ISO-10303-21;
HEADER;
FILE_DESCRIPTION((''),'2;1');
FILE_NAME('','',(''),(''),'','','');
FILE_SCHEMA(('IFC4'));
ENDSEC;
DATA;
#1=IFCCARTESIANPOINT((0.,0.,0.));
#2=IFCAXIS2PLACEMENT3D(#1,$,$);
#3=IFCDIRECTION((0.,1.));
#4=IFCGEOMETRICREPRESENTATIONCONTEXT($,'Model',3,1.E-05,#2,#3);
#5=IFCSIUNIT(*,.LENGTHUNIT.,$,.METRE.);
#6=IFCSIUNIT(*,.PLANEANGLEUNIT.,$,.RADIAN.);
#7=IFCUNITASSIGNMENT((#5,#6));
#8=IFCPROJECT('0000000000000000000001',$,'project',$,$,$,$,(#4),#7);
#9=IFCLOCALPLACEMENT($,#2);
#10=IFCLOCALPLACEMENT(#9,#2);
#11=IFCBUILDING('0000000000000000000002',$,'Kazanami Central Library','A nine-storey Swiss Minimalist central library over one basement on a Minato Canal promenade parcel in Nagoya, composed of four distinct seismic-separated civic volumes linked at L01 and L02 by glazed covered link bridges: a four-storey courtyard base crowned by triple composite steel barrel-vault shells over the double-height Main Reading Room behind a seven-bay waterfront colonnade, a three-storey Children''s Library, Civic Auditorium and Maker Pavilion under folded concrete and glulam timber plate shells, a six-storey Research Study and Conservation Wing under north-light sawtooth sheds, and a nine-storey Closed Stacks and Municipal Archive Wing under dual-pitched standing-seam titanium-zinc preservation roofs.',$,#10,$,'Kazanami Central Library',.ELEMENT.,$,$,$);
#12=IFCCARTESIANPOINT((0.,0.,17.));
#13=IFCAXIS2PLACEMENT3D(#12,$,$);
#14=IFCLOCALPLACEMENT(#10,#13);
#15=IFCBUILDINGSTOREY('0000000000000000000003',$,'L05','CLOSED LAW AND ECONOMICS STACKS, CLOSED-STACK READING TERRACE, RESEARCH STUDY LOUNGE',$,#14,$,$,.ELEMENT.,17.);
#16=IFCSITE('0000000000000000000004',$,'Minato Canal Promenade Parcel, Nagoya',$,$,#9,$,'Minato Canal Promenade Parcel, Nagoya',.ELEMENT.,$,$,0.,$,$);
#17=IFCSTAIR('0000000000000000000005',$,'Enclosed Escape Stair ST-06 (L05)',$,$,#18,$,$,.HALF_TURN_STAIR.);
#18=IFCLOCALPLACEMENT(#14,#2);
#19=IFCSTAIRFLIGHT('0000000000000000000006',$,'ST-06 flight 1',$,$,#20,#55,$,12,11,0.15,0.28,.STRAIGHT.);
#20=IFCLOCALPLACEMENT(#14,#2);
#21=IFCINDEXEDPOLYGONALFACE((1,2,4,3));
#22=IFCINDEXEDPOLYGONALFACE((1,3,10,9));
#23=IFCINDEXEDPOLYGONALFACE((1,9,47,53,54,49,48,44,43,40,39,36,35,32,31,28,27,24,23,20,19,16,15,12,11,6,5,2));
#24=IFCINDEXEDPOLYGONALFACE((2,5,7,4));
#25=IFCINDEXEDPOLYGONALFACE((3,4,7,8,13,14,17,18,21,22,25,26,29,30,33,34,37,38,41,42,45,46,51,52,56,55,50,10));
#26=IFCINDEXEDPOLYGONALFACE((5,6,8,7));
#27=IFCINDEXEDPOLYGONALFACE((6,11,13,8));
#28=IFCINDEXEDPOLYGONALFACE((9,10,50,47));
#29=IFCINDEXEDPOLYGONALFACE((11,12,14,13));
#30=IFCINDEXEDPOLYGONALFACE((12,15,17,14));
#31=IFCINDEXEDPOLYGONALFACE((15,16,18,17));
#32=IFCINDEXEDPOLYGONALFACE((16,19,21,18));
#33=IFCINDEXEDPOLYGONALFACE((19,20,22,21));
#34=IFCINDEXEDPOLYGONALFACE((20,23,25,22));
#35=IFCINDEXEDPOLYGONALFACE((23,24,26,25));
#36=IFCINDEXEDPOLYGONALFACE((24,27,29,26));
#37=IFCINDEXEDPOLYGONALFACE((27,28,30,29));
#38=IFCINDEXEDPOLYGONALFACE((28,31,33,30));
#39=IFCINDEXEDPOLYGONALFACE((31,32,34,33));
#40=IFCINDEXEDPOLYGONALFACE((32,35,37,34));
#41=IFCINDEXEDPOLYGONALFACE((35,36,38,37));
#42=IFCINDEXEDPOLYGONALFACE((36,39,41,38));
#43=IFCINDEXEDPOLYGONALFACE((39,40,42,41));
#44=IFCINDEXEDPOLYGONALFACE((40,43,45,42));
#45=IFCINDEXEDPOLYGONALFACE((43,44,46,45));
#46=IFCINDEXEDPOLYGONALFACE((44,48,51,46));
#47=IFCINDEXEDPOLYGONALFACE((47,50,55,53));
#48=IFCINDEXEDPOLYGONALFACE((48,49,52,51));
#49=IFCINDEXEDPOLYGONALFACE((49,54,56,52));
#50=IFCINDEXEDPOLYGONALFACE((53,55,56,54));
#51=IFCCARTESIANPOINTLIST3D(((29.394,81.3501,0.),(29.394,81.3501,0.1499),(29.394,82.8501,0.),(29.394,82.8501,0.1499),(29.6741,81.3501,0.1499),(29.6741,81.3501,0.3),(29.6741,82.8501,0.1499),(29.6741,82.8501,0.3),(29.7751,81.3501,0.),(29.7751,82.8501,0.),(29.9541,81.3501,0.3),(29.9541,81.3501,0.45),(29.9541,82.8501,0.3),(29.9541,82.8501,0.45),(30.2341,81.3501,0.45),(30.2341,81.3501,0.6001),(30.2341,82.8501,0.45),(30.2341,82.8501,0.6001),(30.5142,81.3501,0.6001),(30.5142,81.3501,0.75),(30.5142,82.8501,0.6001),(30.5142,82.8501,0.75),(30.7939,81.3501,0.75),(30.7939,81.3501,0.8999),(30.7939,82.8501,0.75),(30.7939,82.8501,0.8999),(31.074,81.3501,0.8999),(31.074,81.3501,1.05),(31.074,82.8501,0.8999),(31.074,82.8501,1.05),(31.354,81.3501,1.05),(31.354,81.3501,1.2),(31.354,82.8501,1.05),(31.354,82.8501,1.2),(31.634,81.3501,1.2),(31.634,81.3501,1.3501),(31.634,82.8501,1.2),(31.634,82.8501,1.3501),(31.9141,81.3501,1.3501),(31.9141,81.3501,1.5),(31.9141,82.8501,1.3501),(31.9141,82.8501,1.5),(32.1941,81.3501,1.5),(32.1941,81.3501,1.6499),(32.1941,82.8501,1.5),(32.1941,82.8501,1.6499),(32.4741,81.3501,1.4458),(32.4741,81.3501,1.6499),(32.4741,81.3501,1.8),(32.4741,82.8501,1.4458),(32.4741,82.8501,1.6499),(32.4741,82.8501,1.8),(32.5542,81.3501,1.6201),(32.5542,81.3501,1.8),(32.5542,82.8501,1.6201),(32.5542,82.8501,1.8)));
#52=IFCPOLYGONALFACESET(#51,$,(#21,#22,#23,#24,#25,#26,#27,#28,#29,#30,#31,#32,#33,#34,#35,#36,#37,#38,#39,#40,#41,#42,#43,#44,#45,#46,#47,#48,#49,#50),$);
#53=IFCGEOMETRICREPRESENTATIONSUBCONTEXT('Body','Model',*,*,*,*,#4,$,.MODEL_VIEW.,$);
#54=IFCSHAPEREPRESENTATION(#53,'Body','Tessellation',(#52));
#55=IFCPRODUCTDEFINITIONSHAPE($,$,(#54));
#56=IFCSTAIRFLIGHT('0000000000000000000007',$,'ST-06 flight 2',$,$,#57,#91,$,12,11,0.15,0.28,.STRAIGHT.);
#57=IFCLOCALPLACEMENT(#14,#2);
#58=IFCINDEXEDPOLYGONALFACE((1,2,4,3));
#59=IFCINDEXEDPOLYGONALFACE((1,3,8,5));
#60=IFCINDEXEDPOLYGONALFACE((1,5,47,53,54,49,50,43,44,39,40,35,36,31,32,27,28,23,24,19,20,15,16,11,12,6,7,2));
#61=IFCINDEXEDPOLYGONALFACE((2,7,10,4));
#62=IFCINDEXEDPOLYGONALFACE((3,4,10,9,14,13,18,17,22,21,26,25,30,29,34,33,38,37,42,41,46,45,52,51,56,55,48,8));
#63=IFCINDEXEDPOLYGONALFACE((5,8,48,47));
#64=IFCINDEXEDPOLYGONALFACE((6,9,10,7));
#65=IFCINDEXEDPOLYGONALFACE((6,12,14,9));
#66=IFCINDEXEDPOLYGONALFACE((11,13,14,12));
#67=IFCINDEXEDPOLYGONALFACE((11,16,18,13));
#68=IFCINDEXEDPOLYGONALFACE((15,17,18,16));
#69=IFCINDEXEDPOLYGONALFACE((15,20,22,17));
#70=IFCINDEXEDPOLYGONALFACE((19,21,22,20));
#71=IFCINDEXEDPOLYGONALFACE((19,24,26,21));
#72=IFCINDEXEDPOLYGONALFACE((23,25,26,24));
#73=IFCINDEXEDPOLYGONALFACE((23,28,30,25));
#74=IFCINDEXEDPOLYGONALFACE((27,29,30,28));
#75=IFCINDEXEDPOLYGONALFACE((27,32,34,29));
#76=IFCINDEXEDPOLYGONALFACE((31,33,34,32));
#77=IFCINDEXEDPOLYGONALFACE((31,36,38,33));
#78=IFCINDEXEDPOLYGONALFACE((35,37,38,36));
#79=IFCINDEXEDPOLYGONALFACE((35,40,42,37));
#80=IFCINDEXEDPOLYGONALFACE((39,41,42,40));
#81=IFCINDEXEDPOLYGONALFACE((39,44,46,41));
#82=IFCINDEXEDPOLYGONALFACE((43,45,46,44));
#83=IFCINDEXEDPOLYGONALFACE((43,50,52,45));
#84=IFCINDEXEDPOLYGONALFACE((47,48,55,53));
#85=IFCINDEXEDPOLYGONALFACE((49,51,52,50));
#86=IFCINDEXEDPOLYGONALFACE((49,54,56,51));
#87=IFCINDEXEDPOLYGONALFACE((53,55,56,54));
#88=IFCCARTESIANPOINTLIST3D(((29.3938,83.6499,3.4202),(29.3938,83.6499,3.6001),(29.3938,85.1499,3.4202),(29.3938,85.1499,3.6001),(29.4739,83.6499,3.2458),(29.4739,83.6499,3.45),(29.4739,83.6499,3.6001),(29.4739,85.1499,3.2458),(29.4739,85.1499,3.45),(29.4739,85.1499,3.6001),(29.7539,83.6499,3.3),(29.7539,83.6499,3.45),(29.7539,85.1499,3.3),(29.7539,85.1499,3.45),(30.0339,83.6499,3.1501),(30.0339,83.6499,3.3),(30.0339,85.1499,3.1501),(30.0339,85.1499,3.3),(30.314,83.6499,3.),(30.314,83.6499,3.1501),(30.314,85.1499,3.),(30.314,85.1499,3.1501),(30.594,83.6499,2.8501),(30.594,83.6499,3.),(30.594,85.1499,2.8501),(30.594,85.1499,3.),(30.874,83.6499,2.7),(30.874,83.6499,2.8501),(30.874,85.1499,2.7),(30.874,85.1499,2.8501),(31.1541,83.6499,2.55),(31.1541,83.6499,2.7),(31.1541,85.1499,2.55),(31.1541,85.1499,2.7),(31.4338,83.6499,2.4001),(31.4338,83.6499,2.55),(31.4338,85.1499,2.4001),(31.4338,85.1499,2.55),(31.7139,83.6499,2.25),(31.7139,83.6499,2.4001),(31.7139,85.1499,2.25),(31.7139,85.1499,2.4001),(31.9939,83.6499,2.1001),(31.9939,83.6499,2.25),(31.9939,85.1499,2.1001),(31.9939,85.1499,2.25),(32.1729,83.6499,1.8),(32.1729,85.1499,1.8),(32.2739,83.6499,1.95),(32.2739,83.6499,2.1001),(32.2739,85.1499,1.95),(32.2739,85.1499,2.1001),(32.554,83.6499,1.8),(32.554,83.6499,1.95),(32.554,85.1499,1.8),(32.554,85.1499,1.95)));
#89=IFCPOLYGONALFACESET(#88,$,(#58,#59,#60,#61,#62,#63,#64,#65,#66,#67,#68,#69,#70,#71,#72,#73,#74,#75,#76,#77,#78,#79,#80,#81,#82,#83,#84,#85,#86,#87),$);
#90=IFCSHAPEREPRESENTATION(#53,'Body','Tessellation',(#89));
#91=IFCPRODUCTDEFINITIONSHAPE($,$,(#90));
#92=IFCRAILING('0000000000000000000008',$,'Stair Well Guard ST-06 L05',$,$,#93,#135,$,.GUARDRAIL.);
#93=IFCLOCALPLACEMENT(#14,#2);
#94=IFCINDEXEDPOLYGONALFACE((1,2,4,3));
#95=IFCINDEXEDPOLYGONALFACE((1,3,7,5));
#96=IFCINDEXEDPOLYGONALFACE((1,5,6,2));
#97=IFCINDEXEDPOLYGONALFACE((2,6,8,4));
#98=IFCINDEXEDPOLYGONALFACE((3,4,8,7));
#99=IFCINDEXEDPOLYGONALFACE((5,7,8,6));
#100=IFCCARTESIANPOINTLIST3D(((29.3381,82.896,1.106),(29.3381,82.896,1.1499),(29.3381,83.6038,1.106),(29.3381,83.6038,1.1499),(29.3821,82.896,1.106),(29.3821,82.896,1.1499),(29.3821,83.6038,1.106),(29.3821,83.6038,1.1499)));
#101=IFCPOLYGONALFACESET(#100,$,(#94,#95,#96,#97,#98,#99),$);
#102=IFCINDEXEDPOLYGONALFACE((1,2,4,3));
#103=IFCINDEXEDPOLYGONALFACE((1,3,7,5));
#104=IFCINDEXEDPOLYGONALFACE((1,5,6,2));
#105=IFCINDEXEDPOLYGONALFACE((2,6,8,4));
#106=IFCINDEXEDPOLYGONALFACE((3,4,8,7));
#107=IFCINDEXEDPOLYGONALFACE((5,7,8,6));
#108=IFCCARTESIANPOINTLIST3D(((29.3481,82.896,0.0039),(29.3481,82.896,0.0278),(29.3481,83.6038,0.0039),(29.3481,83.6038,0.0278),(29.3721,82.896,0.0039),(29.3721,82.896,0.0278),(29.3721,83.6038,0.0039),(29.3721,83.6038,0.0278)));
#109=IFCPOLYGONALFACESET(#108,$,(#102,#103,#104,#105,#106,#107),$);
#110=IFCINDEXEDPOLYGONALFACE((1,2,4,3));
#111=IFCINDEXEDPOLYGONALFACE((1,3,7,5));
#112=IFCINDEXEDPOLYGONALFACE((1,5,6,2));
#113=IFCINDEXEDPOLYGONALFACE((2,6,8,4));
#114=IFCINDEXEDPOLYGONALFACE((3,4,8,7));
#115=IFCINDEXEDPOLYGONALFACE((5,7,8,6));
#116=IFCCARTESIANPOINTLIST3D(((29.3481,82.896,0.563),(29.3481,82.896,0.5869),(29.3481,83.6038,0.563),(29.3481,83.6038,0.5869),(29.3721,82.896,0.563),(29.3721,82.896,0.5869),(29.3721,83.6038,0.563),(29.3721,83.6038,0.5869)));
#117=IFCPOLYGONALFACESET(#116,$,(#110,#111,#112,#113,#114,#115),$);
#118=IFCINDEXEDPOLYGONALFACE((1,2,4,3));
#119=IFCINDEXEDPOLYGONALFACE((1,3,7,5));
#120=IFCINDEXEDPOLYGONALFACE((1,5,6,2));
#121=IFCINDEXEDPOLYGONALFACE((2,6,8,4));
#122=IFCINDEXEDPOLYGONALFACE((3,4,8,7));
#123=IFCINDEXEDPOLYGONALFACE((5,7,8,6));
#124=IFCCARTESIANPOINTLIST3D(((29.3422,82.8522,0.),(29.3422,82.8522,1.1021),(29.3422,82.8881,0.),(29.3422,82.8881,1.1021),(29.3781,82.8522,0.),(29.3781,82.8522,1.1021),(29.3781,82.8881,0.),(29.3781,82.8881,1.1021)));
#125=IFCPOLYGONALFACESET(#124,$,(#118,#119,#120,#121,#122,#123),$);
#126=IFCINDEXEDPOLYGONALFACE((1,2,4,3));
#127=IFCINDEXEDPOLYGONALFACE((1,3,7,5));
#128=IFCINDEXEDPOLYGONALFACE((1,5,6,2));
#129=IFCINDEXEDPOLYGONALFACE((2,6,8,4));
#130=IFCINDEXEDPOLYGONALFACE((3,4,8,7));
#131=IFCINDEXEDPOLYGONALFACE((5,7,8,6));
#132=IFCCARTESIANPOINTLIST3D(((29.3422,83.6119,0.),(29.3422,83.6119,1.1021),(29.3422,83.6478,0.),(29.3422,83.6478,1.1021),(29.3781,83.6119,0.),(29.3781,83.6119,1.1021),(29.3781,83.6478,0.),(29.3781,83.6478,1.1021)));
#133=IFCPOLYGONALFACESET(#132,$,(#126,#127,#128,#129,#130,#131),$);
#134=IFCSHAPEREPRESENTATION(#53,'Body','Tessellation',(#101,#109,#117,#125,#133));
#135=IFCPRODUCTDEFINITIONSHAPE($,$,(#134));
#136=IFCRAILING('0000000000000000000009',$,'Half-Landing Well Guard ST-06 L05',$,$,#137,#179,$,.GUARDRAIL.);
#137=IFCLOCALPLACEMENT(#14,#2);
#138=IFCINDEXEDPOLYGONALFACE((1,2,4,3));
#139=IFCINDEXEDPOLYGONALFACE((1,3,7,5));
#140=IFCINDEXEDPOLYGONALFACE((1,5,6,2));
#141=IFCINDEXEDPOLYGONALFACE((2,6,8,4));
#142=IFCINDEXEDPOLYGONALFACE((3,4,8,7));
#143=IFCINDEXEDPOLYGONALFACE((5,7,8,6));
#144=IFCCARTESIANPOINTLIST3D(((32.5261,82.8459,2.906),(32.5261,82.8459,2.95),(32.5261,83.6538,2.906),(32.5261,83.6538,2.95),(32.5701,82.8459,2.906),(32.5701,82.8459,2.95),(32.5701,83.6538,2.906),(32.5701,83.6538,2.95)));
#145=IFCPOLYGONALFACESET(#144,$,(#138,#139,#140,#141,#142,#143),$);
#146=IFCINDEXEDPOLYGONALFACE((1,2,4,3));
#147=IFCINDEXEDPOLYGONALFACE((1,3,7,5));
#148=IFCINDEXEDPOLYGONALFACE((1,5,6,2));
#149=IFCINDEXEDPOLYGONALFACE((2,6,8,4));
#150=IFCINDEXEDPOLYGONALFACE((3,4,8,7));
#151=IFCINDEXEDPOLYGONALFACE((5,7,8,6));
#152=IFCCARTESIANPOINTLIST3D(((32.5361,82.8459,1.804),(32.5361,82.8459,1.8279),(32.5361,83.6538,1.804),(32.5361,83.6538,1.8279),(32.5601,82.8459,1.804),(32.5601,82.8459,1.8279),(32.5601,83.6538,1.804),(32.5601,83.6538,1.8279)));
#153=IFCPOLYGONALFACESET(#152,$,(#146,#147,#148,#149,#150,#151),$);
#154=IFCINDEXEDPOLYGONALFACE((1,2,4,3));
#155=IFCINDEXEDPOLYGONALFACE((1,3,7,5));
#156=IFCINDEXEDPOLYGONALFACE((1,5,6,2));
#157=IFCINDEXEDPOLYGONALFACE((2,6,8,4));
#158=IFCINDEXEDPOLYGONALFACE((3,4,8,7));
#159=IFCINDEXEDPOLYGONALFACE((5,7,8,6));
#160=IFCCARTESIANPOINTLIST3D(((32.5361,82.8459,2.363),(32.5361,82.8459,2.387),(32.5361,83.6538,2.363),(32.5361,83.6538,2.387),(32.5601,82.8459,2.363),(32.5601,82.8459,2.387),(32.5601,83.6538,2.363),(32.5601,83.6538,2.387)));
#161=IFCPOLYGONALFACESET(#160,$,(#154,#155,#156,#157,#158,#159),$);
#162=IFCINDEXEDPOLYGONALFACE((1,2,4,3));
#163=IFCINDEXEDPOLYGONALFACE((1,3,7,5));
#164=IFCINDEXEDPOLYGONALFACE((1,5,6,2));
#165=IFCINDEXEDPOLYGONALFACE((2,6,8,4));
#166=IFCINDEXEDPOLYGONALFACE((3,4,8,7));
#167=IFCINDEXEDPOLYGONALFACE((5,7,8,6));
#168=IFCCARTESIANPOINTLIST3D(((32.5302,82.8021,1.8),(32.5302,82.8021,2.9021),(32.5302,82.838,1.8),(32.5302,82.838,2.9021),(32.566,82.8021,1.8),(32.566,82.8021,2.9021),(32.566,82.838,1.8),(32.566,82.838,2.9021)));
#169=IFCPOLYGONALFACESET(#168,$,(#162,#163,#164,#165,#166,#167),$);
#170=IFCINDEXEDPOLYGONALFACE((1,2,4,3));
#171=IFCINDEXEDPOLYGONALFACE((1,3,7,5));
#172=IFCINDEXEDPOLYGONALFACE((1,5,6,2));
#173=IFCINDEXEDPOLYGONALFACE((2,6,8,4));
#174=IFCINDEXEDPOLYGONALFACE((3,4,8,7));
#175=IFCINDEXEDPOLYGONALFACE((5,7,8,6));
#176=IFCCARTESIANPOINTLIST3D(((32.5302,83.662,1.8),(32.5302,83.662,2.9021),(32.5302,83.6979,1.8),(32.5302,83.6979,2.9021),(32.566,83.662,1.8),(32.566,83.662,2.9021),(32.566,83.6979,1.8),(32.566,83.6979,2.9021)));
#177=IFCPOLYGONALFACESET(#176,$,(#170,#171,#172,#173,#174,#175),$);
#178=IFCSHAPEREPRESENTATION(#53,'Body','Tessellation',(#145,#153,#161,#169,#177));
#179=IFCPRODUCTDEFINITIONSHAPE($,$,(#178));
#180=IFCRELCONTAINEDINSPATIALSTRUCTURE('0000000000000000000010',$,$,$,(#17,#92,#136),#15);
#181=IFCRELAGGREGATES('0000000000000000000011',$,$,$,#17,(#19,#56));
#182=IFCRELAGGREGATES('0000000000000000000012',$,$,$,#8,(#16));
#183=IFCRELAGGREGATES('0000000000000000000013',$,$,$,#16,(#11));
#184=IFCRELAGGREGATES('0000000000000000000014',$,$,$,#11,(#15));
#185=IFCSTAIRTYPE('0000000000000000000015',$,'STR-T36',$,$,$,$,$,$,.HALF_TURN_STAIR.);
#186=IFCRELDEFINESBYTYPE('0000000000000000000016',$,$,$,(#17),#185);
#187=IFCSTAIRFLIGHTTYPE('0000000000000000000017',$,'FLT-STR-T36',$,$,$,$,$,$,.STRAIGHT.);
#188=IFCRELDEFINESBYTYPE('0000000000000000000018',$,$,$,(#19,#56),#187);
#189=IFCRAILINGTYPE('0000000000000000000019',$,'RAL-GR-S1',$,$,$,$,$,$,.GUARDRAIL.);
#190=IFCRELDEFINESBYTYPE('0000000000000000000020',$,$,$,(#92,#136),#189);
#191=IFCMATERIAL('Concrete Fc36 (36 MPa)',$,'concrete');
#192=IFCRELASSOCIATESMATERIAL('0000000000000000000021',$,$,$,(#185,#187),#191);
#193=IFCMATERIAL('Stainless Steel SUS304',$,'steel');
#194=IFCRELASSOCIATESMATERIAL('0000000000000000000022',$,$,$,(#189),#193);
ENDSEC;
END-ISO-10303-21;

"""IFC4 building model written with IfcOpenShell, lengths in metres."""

from ifc_helpers import new_model, si_unit, direction, frame, origin, origin_2d, place, context, subcontext, project, spatial, polyline, rectangle, outline, extrude, material, type_object, element, aggregate, save


model = new_model("IFC4")

# Units and contexts
model_context = context("Model", 3, precision=1e-05, world=origin(), true_north=direction((0.0, 1.0)))
body_context = subcontext(model_context, "Body", "Model", "MODEL_VIEW")
ifc_project = project(units=[si_unit("LENGTHUNIT", "METRE"), si_unit("PLANEANGLEUNIT", "RADIAN")], contexts=[model_context])

# Site, building, storey
site_placement = place(None, origin())
site = spatial("IfcSite", under=ifc_project, at=site_placement, Name="Minato Canal Promenade Parcel, Nagoya", LongName="Minato Canal Promenade Parcel, Nagoya", CompositionType="ELEMENT", RefElevation=0.0)
building_placement = place(site_placement, origin())
building = spatial("IfcBuilding", under=site, at=building_placement, Name="Kazanami Central Library", Description="A nine-storey Swiss Minimalist central library over one basement on a Minato Canal promenade parcel in Nagoya, composed of four distinct seismic-separated civic volumes linked at L01 and L02 by glazed covered link bridges: a four-storey courtyard base crowned by triple composite steel barrel-vault shells over the double-height Main Reading Room behind a seven-bay waterfront colonnade, a three-storey Children's Library, Civic Auditorium and Maker Pavilion under folded concrete and glulam timber plate shells, a six-storey Research Study and Conservation Wing under north-light sawtooth sheds, and a nine-storey Closed Stacks and Municipal Archive Wing under dual-pitched standing-seam titanium-zinc preservation roofs.", LongName="Kazanami Central Library", CompositionType="ELEMENT")
storey_placement = place(building_placement, frame((0.0, 0.0, 17.0)))
storey = spatial("IfcBuildingStorey", under=building, at=storey_placement, Name="L05", Description="CLOSED LAW AND ECONOMICS STACKS, CLOSED-STACK READING TERRACE, RESEARCH STUDY LOUNGE", CompositionType="ELEMENT", Elevation=17.0)

# Shared definitions
ifc_material_1 = material(Name="Concrete Fc36 (36 MPa)", Category="concrete")

# Stair, stair flights
stair_type = type_object("IfcStairType", Name="STR-T36", PredefinedType="HALF_TURN_STAIR", material=ifc_material_1)
stair_placement = place(storey_placement, origin())
stair = element("IfcStair", 1, at=stair_placement, inside=storey, type_object=stair_type, Name="Enclosed Escape Stair ST-06 (L05)", PredefinedType="HALF_TURN_STAIR")
stair_flight_type = type_object("IfcStairFlightType", Name="FLT-STR-T36", PredefinedType="STRAIGHT", material=ifc_material_1)
stair_flight_1_placement = place(storey_placement, frame((29.394, 82.1001, 0.0), z_axis=(0.0, 0.0, 1.0), x_axis=(1.0, 0.0, 0.0)))
stair_flight_1 = element("IfcStairFlight", 2, at=stair_flight_1_placement, type_object=stair_flight_type, Name="ST-06 flight 1", NumberOfRisers=12, NumberOfTreads=11, PredefinedType="STRAIGHT", RiserHeight=0.15, TreadLength=0.28, context=body_context, shape_type="SweptSolid", body=[
    extrude(outline(polyline([(0.0, 0.0), (0.0, 0.1499), (0.28, 0.1499), (0.28, 0.3), (0.5601, 0.3), (0.5601, 0.45), (0.8401, 0.45), (0.8401, 0.6001), (1.1201, 0.6001), (1.1201, 0.75), (1.3999, 0.75), (1.3999, 0.8999), (1.6799, 0.8999), (1.6799, 1.05), (1.96, 1.05), (1.96, 1.2), (2.24, 1.2), (2.24, 1.3501), (2.52, 1.3501), (2.52, 1.5), (2.8, 1.5), (2.8, 1.6499), (3.0801, 1.6499), (3.0801, 1.8), (3.1602, 1.8), (3.1602, 1.6201), (3.0801, 1.4458), (0.3811, 0.0), (0.0, 0.0)])), frame((0.0, 0.75, 0.0), z_axis=(0.0, -1.0, 0.0), x_axis=(1.0, 0.0, 0.0)), (0.0, 0.0, 1.0), 1.5),
])
stair_flight_2_placement = place(storey_placement, frame((32.554, 84.3999, 1.8), z_axis=(0.0, 0.0, 1.0), x_axis=(-1.0, 0.0, 0.0)))
stair_flight_2 = element("IfcStairFlight", 3, at=stair_flight_2_placement, type_object=stair_flight_type, Name="ST-06 flight 2", NumberOfRisers=12, NumberOfTreads=11, PredefinedType="STRAIGHT", RiserHeight=0.15, TreadLength=0.28, context=body_context, shape_type="SweptSolid", body=[
    extrude(outline(polyline([(0.0, 0.0), (0.0, 0.1499), (0.28, 0.1499), (0.28, 0.3), (0.5601, 0.3), (0.5601, 0.45), (0.8401, 0.45), (0.8401, 0.6001), (1.1201, 0.6001), (1.1201, 0.75), (1.3999, 0.75), (1.3999, 0.8999), (1.6799, 0.8999), (1.6799, 1.05), (1.96, 1.05), (1.96, 1.2), (2.24, 1.2), (2.24, 1.3501), (2.52, 1.3501), (2.52, 1.5), (2.8, 1.5), (2.8, 1.6499), (3.0801, 1.6499), (3.0801, 1.8), (3.1602, 1.8), (3.1602, 1.6201), (3.0801, 1.4458), (0.3811, 0.0), (0.0, 0.0)])), frame((0.0, 0.75, 0.0), z_axis=(0.0, -1.0, 0.0), x_axis=(1.0, 0.0, 0.0)), (0.0, 0.0, 1.0), 1.5),
])
aggregate(stair, [stair_flight_1, stair_flight_2])

# Railings
ifc_material_2 = material(Name="Stainless Steel SUS304", Category="steel")
railing_type_1 = type_object("IfcRailingType", Name="RAL-GR-S1", PredefinedType="GUARDRAIL", material=ifc_material_2)
railing_1_placement = place(storey_placement, frame((29.3601, 82.8701, 0.0)))
element("IfcRailing", 4, at=railing_1_placement, inside=storey, type_object=railing_type_1, Name="Stair Well Guard ST-06 L05", PredefinedType="GUARDRAIL", context=body_context, shape_type="SweptSolid", body=[
    extrude(rectangle(XDim=0.0439, YDim=0.0439, at=origin_2d()), frame((0.0, 0.0259, 1.1279), z_axis=(0.0, 1.0, 0.0), x_axis=(-1.0, 0.0, 0.0)), (0.0, 0.0, 1.0), 0.7078),
    extrude(rectangle(XDim=0.0239, YDim=0.0239, at=origin_2d()), frame((0.0, 0.0259, 0.0159), z_axis=(0.0, 1.0, 0.0), x_axis=(-1.0, 0.0, 0.0)), (0.0, 0.0, 1.0), 0.7078),
    extrude(rectangle(XDim=0.0239, YDim=0.0239, at=origin_2d()), frame((0.0, 0.0259, 0.575), z_axis=(0.0, 1.0, 0.0), x_axis=(-1.0, 0.0, 0.0)), (0.0, 0.0, 1.0), 0.7078),
    extrude(rectangle(XDim=0.0359, YDim=0.0359, at=origin_2d()), origin(), (0.0, 0.0, 1.0), 1.1021),
    extrude(rectangle(XDim=0.0359, YDim=0.0359, at=origin_2d()), frame((0.0, 0.7598, 0.0)), (0.0, 0.0, 1.0), 1.1021),
])
railing_2_placement = place(storey_placement, frame((32.5481, 82.8201, 1.8)))
element("IfcRailing", 5, at=railing_2_placement, inside=storey, type_object=railing_type_1, Name="Half-Landing Well Guard ST-06 L05", PredefinedType="GUARDRAIL", context=body_context, shape_type="SweptSolid", body=[
    extrude(rectangle(XDim=0.0439, YDim=0.0439, at=origin_2d()), frame((0.0, 0.0259, 1.1279), z_axis=(0.0, 1.0, 0.0), x_axis=(-1.0, 0.0, 0.0)), (0.0, 0.0, 1.0), 0.8079),
    extrude(rectangle(XDim=0.0239, YDim=0.0239, at=origin_2d()), frame((0.0, 0.0259, 0.0159), z_axis=(0.0, 1.0, 0.0), x_axis=(-1.0, 0.0, 0.0)), (0.0, 0.0, 1.0), 0.8079),
    extrude(rectangle(XDim=0.0239, YDim=0.0239, at=origin_2d()), frame((0.0, 0.0259, 0.575), z_axis=(0.0, 1.0, 0.0), x_axis=(-1.0, 0.0, 0.0)), (0.0, 0.0, 1.0), 0.8079),
    extrude(rectangle(XDim=0.0359, YDim=0.0359, at=origin_2d()), origin(), (0.0, 0.0, 1.0), 1.1021),
    extrude(rectangle(XDim=0.0359, YDim=0.0359, at=origin_2d()), frame((0.0, 0.8599, 0.0)), (0.0, 0.0, 1.0), 1.1021),
])

save(model, "model.ifc")
